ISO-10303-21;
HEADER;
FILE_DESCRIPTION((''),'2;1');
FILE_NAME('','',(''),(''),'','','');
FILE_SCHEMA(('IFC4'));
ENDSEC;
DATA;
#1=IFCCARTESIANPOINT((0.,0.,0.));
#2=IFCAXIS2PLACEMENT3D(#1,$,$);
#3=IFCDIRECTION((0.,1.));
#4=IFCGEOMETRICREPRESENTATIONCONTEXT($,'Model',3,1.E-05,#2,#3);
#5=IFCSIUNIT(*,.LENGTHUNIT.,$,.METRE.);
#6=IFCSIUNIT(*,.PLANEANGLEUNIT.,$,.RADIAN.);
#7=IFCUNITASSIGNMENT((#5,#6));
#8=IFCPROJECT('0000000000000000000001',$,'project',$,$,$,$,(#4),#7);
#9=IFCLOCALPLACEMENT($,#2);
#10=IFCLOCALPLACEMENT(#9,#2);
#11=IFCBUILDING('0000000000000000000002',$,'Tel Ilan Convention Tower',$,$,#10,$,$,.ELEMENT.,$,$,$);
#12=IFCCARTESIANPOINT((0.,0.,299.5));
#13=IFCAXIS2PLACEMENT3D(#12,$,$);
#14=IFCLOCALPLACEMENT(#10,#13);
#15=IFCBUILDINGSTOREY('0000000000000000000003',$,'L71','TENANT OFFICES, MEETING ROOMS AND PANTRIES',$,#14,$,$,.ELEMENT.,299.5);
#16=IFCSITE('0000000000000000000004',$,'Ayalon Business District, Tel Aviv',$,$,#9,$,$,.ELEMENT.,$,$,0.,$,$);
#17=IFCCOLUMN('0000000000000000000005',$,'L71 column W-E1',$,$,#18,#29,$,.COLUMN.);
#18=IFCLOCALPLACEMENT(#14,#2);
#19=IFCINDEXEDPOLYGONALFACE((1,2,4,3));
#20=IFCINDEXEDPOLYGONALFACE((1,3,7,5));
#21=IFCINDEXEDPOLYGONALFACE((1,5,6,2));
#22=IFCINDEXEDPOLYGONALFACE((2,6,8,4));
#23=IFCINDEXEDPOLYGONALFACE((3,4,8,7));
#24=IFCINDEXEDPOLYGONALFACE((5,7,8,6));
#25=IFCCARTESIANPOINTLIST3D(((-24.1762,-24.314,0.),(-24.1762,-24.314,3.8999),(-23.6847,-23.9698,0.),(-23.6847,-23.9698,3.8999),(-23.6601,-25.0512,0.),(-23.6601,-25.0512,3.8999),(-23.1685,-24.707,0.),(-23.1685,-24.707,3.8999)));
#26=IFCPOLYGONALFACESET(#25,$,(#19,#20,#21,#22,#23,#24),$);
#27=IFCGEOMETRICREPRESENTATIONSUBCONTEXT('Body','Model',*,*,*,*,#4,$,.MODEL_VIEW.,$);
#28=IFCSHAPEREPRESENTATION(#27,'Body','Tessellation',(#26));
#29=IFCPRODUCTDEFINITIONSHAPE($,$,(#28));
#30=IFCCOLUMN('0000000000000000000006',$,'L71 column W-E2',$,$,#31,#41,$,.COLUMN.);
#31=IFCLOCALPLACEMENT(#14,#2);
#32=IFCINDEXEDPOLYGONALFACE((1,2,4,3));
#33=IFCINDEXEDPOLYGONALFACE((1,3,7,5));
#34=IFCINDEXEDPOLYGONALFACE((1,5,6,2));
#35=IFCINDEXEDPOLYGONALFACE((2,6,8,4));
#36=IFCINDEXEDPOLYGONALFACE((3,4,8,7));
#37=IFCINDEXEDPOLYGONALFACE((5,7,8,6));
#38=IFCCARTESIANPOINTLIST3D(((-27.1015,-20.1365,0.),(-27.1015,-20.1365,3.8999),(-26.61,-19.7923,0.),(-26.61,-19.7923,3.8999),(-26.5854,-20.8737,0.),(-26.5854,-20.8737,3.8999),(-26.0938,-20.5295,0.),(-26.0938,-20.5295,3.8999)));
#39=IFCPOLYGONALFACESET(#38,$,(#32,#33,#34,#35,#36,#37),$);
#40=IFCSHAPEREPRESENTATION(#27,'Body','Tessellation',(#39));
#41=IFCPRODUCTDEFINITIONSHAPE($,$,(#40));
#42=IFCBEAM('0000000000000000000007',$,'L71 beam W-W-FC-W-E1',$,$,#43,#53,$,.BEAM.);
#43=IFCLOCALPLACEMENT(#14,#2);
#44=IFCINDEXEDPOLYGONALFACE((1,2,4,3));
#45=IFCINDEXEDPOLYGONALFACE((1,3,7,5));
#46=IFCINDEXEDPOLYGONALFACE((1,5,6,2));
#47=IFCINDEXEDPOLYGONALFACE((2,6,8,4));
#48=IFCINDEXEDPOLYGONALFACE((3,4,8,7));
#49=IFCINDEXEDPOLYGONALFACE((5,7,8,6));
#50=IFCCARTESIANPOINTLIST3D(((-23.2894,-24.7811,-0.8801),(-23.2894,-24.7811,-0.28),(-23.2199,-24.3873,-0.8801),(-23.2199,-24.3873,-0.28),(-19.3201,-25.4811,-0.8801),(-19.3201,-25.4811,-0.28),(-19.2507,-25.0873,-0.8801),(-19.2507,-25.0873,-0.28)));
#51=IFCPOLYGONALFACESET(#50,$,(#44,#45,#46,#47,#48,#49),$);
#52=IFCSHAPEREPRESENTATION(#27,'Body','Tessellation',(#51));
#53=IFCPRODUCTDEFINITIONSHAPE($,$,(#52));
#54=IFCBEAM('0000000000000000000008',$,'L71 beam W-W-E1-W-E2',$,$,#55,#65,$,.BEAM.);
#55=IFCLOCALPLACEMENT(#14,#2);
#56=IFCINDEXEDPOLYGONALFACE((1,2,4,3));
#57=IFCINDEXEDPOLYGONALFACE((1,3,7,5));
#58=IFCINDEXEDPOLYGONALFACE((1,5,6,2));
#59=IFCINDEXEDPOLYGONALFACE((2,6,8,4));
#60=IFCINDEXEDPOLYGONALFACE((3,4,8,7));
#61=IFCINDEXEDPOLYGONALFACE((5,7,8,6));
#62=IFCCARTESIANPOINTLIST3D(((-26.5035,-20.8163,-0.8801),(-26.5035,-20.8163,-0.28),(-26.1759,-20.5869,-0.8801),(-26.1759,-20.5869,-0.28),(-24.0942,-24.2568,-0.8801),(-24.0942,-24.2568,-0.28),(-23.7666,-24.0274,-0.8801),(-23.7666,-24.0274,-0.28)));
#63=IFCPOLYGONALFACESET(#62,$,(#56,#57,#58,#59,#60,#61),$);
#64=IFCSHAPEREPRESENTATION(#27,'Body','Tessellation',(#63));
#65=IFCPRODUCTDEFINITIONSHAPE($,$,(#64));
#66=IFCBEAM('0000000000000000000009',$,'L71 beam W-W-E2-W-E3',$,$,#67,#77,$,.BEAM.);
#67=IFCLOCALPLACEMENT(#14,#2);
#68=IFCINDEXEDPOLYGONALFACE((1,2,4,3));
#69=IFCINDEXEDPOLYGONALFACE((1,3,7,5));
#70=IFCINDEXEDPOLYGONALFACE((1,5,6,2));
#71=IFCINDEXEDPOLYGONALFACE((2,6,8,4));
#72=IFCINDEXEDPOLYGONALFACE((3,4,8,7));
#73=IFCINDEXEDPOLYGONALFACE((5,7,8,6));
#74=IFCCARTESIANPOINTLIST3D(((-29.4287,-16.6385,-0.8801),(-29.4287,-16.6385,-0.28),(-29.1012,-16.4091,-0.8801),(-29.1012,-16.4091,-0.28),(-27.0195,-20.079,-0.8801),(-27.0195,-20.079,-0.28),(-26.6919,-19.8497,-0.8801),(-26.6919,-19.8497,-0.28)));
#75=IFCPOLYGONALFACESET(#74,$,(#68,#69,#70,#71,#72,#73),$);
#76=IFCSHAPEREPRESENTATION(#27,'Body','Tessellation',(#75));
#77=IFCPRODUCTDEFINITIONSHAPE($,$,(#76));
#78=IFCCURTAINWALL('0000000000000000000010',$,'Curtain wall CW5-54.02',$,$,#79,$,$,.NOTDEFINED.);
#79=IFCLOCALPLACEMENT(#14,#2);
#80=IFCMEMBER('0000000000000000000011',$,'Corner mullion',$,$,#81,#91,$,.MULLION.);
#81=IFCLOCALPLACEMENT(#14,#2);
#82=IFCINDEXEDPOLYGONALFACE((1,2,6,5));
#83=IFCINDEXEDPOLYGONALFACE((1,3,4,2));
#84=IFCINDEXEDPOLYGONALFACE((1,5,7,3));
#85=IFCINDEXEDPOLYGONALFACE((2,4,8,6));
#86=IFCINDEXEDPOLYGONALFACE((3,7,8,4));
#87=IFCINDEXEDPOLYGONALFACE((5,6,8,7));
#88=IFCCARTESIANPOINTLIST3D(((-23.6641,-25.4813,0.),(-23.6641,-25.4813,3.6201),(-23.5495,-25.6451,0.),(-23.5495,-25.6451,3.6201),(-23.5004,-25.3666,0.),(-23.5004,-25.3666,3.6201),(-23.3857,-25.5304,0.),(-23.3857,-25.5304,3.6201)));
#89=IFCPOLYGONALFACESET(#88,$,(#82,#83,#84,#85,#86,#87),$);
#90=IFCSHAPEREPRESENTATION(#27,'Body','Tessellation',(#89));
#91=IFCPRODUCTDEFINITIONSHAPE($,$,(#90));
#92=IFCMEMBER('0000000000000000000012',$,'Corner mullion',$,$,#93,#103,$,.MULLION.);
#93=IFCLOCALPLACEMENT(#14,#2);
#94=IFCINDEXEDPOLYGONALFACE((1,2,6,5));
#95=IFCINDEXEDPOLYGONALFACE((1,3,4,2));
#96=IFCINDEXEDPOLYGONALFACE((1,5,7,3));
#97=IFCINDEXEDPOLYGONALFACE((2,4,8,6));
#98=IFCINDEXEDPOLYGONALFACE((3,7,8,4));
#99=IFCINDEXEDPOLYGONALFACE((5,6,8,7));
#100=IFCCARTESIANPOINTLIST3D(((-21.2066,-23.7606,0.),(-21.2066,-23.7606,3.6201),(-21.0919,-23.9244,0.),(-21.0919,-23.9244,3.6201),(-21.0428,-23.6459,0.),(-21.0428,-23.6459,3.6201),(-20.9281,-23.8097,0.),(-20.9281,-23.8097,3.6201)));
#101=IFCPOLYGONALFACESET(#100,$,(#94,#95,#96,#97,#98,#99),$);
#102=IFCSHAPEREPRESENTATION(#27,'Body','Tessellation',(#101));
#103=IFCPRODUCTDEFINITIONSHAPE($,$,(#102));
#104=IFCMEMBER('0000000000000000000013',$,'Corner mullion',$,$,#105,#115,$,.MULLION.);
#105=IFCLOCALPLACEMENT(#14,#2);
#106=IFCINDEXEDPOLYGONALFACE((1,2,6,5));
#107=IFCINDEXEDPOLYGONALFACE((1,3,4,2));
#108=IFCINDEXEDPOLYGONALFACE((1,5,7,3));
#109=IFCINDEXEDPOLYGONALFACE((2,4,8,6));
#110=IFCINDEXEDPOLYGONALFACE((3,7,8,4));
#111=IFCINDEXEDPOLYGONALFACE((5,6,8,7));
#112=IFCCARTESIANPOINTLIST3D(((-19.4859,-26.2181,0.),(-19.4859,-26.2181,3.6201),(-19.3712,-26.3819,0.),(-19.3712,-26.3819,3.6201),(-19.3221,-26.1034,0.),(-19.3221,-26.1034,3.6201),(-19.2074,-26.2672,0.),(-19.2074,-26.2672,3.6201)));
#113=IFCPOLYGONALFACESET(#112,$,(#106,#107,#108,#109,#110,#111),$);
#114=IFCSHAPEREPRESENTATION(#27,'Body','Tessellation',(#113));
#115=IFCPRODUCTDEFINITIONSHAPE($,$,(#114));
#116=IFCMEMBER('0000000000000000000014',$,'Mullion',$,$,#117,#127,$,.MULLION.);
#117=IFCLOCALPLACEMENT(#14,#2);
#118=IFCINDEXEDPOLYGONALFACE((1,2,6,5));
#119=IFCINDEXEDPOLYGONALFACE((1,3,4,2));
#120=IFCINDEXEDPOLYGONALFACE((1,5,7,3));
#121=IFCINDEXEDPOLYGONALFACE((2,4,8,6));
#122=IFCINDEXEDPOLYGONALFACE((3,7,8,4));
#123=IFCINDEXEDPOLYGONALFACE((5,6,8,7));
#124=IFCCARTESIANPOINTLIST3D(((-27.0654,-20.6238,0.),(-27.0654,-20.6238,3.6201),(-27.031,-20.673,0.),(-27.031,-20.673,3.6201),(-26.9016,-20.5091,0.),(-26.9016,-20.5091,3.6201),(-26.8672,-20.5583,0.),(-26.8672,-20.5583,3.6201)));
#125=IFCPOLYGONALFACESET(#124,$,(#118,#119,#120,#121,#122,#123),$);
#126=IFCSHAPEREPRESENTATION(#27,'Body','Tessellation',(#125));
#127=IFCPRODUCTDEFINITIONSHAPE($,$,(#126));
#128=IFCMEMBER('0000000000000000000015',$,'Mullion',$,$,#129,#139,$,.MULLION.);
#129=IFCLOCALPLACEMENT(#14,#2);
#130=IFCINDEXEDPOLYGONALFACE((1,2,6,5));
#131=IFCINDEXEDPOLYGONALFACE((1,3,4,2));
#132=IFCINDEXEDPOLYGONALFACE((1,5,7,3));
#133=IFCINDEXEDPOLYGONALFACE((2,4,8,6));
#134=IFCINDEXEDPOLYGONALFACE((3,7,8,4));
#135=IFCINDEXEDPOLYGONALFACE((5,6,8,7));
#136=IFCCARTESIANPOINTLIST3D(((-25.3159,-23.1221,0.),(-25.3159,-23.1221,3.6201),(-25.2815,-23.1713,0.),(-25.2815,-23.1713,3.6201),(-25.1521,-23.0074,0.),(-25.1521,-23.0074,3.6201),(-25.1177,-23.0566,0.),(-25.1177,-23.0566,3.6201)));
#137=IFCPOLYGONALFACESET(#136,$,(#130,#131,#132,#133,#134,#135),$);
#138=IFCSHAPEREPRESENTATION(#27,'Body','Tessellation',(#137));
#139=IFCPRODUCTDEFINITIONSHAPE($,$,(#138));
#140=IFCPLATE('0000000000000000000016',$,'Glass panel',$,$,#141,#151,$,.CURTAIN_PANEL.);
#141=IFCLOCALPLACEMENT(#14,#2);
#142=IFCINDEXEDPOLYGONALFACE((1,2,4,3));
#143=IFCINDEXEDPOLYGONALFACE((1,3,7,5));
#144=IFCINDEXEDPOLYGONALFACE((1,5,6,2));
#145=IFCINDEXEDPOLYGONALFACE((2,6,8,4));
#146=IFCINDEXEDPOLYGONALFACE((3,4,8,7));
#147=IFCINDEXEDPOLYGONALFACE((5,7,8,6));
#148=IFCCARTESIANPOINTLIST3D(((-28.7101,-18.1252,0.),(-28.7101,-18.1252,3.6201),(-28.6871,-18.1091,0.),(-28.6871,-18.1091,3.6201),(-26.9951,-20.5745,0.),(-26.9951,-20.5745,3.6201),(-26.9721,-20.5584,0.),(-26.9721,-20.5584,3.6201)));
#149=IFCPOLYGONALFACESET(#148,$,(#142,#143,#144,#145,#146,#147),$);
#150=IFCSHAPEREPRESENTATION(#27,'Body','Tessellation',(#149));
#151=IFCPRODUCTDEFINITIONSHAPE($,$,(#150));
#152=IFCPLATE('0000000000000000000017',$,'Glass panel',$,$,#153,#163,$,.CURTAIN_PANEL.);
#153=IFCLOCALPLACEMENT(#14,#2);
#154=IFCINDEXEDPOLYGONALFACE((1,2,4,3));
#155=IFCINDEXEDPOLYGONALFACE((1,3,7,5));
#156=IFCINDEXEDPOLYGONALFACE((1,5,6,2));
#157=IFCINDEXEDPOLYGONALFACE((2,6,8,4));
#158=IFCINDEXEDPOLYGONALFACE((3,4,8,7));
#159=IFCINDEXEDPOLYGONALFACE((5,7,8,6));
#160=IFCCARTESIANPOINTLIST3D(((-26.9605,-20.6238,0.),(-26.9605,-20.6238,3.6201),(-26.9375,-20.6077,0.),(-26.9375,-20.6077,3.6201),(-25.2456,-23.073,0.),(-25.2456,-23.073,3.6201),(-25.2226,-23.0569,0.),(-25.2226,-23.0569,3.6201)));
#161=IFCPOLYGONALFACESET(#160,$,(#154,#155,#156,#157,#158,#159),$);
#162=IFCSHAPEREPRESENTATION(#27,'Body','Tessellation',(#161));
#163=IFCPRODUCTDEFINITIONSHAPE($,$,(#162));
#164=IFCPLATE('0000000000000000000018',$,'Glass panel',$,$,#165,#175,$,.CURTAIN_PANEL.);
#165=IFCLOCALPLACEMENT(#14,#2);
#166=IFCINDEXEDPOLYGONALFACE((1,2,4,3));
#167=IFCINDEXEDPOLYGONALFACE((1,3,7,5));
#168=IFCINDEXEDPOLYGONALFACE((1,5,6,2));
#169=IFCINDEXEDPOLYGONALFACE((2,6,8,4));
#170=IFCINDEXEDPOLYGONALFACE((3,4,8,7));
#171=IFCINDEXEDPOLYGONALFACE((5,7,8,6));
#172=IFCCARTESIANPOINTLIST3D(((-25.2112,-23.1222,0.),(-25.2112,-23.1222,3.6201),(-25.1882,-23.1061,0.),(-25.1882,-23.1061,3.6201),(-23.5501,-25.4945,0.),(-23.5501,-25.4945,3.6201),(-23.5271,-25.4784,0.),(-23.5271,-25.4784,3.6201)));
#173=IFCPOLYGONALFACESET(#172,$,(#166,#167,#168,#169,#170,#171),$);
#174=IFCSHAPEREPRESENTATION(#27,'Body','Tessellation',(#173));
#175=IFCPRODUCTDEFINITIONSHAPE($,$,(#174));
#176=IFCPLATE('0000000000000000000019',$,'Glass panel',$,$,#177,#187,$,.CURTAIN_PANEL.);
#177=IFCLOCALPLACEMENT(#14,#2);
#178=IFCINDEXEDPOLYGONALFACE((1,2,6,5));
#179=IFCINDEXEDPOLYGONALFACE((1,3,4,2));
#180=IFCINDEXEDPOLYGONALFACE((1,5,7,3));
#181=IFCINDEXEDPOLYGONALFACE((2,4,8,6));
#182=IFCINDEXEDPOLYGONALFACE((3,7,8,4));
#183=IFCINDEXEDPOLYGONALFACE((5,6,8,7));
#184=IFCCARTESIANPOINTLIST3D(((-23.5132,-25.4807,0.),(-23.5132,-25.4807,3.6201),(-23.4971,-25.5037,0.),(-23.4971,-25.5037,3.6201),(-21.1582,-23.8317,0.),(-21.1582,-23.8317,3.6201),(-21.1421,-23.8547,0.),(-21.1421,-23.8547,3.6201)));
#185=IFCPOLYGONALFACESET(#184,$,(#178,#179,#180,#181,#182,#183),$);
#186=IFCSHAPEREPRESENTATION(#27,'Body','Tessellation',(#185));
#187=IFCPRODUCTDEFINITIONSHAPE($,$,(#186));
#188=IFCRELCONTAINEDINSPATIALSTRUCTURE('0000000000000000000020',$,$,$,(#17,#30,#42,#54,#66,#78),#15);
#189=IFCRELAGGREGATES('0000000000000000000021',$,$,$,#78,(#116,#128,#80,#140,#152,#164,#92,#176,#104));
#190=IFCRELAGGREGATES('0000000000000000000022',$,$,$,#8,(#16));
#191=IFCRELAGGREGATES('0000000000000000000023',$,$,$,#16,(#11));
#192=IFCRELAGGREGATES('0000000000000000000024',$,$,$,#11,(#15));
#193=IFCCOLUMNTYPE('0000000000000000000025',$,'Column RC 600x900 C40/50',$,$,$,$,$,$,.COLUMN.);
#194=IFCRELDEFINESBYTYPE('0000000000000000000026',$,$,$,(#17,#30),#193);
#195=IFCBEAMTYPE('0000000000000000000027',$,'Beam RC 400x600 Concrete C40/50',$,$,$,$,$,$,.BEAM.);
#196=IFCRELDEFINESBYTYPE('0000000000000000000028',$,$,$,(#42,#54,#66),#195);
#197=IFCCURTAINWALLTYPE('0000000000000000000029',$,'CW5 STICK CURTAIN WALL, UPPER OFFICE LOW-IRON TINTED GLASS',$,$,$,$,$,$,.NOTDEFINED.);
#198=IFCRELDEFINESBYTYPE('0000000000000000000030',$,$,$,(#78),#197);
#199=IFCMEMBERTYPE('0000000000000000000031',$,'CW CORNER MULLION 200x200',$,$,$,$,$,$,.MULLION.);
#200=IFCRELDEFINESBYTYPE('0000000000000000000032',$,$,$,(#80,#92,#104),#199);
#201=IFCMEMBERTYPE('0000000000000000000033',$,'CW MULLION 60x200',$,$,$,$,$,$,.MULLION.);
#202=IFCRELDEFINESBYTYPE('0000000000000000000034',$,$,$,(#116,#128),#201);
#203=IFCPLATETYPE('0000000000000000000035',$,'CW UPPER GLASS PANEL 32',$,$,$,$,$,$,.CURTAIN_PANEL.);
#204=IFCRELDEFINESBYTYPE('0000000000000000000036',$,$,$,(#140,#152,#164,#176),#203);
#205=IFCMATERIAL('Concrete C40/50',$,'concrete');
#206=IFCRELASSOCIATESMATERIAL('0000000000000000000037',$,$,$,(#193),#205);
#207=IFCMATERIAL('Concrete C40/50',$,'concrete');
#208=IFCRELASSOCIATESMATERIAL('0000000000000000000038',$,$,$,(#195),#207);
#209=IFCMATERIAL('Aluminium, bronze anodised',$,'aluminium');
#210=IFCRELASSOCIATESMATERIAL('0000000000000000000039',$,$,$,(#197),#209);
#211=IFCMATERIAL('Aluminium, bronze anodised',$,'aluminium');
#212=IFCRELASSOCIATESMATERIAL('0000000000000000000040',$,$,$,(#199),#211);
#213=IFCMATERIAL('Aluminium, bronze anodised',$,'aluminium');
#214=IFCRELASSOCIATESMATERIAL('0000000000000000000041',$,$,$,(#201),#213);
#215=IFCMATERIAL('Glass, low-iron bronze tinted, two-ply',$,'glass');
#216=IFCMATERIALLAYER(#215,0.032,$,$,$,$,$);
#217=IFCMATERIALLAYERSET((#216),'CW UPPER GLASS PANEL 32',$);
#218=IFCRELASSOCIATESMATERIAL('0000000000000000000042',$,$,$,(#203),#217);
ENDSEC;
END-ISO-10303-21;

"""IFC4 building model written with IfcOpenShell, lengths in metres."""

from ifc_helpers import new_model, si_unit, direction, frame, origin, origin_2d, place, context, subcontext, project, spatial, rectangle, extrude, material, layer, layer_set, material_profile, profile_set, type_object, element, aggregate, save


model = new_model("IFC4")

# Units and contexts
model_context = context("Model", 3, precision=1e-05, world=origin(), true_north=direction((0.0, 1.0)))
body_context = subcontext(model_context, "Body", "Model", "MODEL_VIEW")
ifc_project = project(units=[si_unit("LENGTHUNIT", "METRE"), si_unit("PLANEANGLEUNIT", "RADIAN")], contexts=[model_context])

# Site, building, storey
site_placement = place(None, origin())
site = spatial("IfcSite", under=ifc_project, at=site_placement, Name="Ayalon Business District, Tel Aviv", CompositionType="ELEMENT", RefElevation=0.0)
building_placement = place(site_placement, origin())
building = spatial("IfcBuilding", under=site, at=building_placement, Name="Tel Ilan Convention Tower", CompositionType="ELEMENT")
storey_placement = place(building_placement, frame((0.0, 0.0, 299.5)))
storey = spatial("IfcBuildingStorey", under=building, at=storey_placement, Name="L71", Description="TENANT OFFICES, MEETING ROOMS AND PANTRIES", CompositionType="ELEMENT", Elevation=299.5)

# Columns
ifc_material_1 = material(Name="Concrete C40/50", Category="concrete")
ifc_material_profile_1 = material_profile(ifc_material_1, rectangle(XDim=0.8999, YDim=0.6001, at=origin_2d()), Name="RC 600x900")
ifc_profile_set_1 = profile_set([ifc_material_profile_1], Name="Concrete C40/50")
column_type = type_object("IfcColumnType", Name="Column RC 600x900 C40/50", PredefinedType="COLUMN", material=ifc_profile_set_1)
for number, where, z_axis, x_axis, name in (
    (1, (-23.6724, -24.5105, 0.0), (0.0, 0.0, 1.0), (-0.573576, 0.819152, 0.0), "L71 column W-E1"),
    (2, (-26.5977, -20.333, 0.0), (0.0, 0.0, 1.0), (-0.573576, 0.819152, 0.0), "L71 column W-E2"),
):
    element("IfcColumn", number, at=place(storey_placement, frame(where, z_axis=z_axis, x_axis=x_axis)), inside=storey, type_object=column_type, Name=name, PredefinedType="COLUMN", context=body_context, shape_type="SweptSolid", body=[
        extrude(rectangle(XDim=0.8999, YDim=0.6001, at=origin_2d()), origin(), (0.0, 0.0, 1.0), 3.8999),
    ])

# Beams
ifc_material_2 = material(Name="Concrete C40/50", Category="concrete")
ifc_material_profile_2 = material_profile(ifc_material_2, rectangle(XDim=0.3999, YDim=0.6001, at=origin_2d()), Name="RC 400x600")
ifc_profile_set_2 = profile_set([ifc_material_profile_2], Name="Concrete C40/50")
beam_type = type_object("IfcBeamType", Name="Beam RC 400x600 Concrete C40/50", PredefinedType="BEAM", material=ifc_profile_set_2)
beam_placement = place(storey_placement, frame((-19.2854, -25.2842, -0.5801), z_axis=(-0.984805, 0.173664, 0.0), x_axis=(-0.173664, -0.984805, 0.0)))
element("IfcBeam", 3, at=beam_placement, inside=storey, type_object=beam_type, Name="L71 beam W-W-FC-W-E1", PredefinedType="BEAM", context=body_context, shape_type="SweptSolid", body=[
    extrude(rectangle(XDim=0.3999, YDim=0.6001, at=origin_2d()), origin(), (0.0, 0.0, 1.0), 4.0305),
])
for number, where, z_axis, x_axis, name in (
    (4, (-23.9304, -24.1421, -0.5801), (-0.573603, 0.819134, 0.0), (-0.819134, -0.573603, 0.0), "L71 beam W-W-E1-W-E2"),
    (5, (-26.8557, -19.9644, -0.5801), (-0.573603, 0.819134, 0.0), (-0.819134, -0.573603, 0.0), "L71 beam W-W-E2-W-E3"),
):
    element("IfcBeam", number, at=place(storey_placement, frame(where, z_axis=z_axis, x_axis=x_axis)), inside=storey, type_object=beam_type, Name=name, PredefinedType="BEAM", context=body_context, shape_type="SweptSolid", body=[
        extrude(rectangle(XDim=0.3999, YDim=0.6001, at=origin_2d()), origin(), (0.0, 0.0, 1.0), 4.2002),
    ])

# Curtain wall, members, plates
ifc_material_3 = material(Name="Aluminium, bronze anodised", Category="aluminium")
curtain_wall_type = type_object("IfcCurtainWallType", Name="CW5 STICK CURTAIN WALL, UPPER OFFICE LOW-IRON TINTED GLASS", PredefinedType="NOTDEFINED", material=ifc_material_3)
curtain_wall_placement = place(storey_placement, origin())
curtain_wall = element("IfcCurtainWall", 6, at=curtain_wall_placement, inside=storey, type_object=curtain_wall_type, Name="Curtain wall CW5-54.02", PredefinedType="NOTDEFINED")
ifc_material_4 = material(Name="Aluminium, bronze anodised", Category="aluminium")
ifc_material_profile_3 = material_profile(ifc_material_4, rectangle(XDim=0.2, YDim=0.2, at=origin_2d()), Name="CW CORNER MULLION 200x200")
ifc_profile_set_3 = profile_set([ifc_material_profile_3], Name="Aluminium, bronze anodised")
member_type_1 = type_object("IfcMemberType", Name="CW CORNER MULLION 200x200", PredefinedType="MULLION", material=ifc_profile_set_3)
member_1_placement = place(storey_placement, frame((-23.5249, -25.5059, 0.0), z_axis=(0.0, 0.0, 1.0), x_axis=(0.573576, -0.819152, 0.0)))
member_1 = element("IfcMember", 7, at=member_1_placement, type_object=member_type_1, Name="Corner mullion", PredefinedType="MULLION", context=body_context, shape_type="SweptSolid", body=[
    extrude(rectangle(XDim=0.2, YDim=0.2, at=origin_2d()), origin(), (0.0, 0.0, 1.0), 3.6201),
])
member_2_placement = place(storey_placement, frame((-21.0674, -23.7852, 0.0), z_axis=(0.0, 0.0, 1.0), x_axis=(0.819152, 0.573576, 0.0)))
member_2 = element("IfcMember", 8, at=member_2_placement, type_object=member_type_1, Name="Corner mullion", PredefinedType="MULLION", context=body_context, shape_type="SweptSolid", body=[
    extrude(rectangle(XDim=0.2, YDim=0.2, at=origin_2d()), origin(), (0.0, 0.0, 1.0), 3.6201),
])
member_3_placement = place(storey_placement, frame((-19.3467, -26.2427, 0.0), z_axis=(0.0, 0.0, 1.0), x_axis=(0.573576, -0.819152, 0.0)))
member_3 = element("IfcMember", 9, at=member_3_placement, type_object=member_type_1, Name="Corner mullion", PredefinedType="MULLION", context=body_context, shape_type="SweptSolid", body=[
    extrude(rectangle(XDim=0.2, YDim=0.2, at=origin_2d()), origin(), (0.0, 0.0, 1.0), 3.6201),
])
ifc_material_5 = material(Name="Aluminium, bronze anodised", Category="aluminium")
ifc_material_profile_4 = material_profile(ifc_material_5, rectangle(XDim=0.0601, YDim=0.2, at=origin_2d()), Name="CW MULLION 60x200")
ifc_profile_set_4 = profile_set([ifc_material_profile_4], Name="Aluminium, bronze anodised")
member_type_2 = type_object("IfcMemberType", Name="CW MULLION 60x200", PredefinedType="MULLION", material=ifc_profile_set_4)
member_4_placement = place(storey_placement, frame((-26.9663, -20.5911, 0.0), z_axis=(0.0, 0.0, 1.0), x_axis=(0.573576, -0.819152, 0.0)))
member_4 = element("IfcMember", 10, at=member_4_placement, type_object=member_type_2, Name="Mullion", PredefinedType="MULLION", context=body_context, shape_type="SweptSolid", body=[
    extrude(rectangle(XDim=0.0601, YDim=0.2, at=origin_2d()), origin(), (0.0, 0.0, 1.0), 3.6201),
])
member_5_placement = place(storey_placement, frame((-25.2168, -23.0894, 0.0), z_axis=(0.0, 0.0, 1.0), x_axis=(0.573576, -0.819152, 0.0)))
member_5 = element("IfcMember", 11, at=member_5_placement, type_object=member_type_2, Name="Mullion", PredefinedType="MULLION", context=body_context, shape_type="SweptSolid", body=[
    extrude(rectangle(XDim=0.0601, YDim=0.2, at=origin_2d()), origin(), (0.0, 0.0, 1.0), 3.6201),
])
ifc_material_6 = material(Name="Glass, low-iron bronze tinted, two-ply", Category="glass")
ifc_layer_1 = layer(ifc_material_6, 0.032)
ifc_layer_set_1 = layer_set([ifc_layer_1], Name="CW UPPER GLASS PANEL 32")
plate_type = type_object("IfcPlateType", Name="CW UPPER GLASS PANEL 32", PredefinedType="CURTAIN_PANEL", material=ifc_layer_set_1)
plate_1_placement = place(storey_placement, frame((-27.8411, -19.3418, 0.0), z_axis=(0.0, 0.0, 1.0), x_axis=(0.573576, -0.819152, 0.0)))
plate_1 = element("IfcPlate", 12, at=plate_1_placement, type_object=plate_type, Name="Glass panel", PredefinedType="CURTAIN_PANEL", context=body_context, shape_type="SweptSolid", body=[
    extrude(rectangle(XDim=2.99, YDim=0.0281, at=origin_2d()), origin(), (0.0, 0.0, 1.0), 3.6201),
])
plate_2_placement = place(storey_placement, frame((-26.0916, -21.8403, 0.0), z_axis=(0.0, 0.0, 1.0), x_axis=(0.573576, -0.819152, 0.0)))
plate_2 = element("IfcPlate", 13, at=plate_2_placement, type_object=plate_type, Name="Glass panel", PredefinedType="CURTAIN_PANEL", context=body_context, shape_type="SweptSolid", body=[
    extrude(rectangle(XDim=2.99, YDim=0.0281, at=origin_2d()), origin(), (0.0, 0.0, 1.0), 3.6201),
])
plate_3_placement = place(storey_placement, frame((-24.3691, -24.3003, 0.0), z_axis=(0.0, 0.0, 1.0), x_axis=(0.573576, -0.819152, 0.0)))
plate_3 = element("IfcPlate", 14, at=plate_3_placement, type_object=plate_type, Name="Glass panel", PredefinedType="CURTAIN_PANEL", context=body_context, shape_type="SweptSolid", body=[
    extrude(rectangle(XDim=2.896, YDim=0.0281, at=origin_2d()), origin(), (0.0, 0.0, 1.0), 3.6201),
])
plate_4_placement = place(storey_placement, frame((-22.3276, -24.6677, 0.0), z_axis=(0.0, 0.0, 1.0), x_axis=(0.819152, 0.573576, 0.0)))
plate_4 = element("IfcPlate", 15, at=plate_4_placement, type_object=plate_type, Name="Glass panel", PredefinedType="CURTAIN_PANEL", context=body_context, shape_type="SweptSolid", body=[
    extrude(rectangle(XDim=2.875, YDim=0.0281, at=origin_2d()), origin(), (0.0, 0.0, 1.0), 3.6201),
])
aggregate(curtain_wall, [member_4, member_5, member_1, plate_1, plate_2, plate_3, member_2, plate_4, member_3])

save(model, "model.ifc")
